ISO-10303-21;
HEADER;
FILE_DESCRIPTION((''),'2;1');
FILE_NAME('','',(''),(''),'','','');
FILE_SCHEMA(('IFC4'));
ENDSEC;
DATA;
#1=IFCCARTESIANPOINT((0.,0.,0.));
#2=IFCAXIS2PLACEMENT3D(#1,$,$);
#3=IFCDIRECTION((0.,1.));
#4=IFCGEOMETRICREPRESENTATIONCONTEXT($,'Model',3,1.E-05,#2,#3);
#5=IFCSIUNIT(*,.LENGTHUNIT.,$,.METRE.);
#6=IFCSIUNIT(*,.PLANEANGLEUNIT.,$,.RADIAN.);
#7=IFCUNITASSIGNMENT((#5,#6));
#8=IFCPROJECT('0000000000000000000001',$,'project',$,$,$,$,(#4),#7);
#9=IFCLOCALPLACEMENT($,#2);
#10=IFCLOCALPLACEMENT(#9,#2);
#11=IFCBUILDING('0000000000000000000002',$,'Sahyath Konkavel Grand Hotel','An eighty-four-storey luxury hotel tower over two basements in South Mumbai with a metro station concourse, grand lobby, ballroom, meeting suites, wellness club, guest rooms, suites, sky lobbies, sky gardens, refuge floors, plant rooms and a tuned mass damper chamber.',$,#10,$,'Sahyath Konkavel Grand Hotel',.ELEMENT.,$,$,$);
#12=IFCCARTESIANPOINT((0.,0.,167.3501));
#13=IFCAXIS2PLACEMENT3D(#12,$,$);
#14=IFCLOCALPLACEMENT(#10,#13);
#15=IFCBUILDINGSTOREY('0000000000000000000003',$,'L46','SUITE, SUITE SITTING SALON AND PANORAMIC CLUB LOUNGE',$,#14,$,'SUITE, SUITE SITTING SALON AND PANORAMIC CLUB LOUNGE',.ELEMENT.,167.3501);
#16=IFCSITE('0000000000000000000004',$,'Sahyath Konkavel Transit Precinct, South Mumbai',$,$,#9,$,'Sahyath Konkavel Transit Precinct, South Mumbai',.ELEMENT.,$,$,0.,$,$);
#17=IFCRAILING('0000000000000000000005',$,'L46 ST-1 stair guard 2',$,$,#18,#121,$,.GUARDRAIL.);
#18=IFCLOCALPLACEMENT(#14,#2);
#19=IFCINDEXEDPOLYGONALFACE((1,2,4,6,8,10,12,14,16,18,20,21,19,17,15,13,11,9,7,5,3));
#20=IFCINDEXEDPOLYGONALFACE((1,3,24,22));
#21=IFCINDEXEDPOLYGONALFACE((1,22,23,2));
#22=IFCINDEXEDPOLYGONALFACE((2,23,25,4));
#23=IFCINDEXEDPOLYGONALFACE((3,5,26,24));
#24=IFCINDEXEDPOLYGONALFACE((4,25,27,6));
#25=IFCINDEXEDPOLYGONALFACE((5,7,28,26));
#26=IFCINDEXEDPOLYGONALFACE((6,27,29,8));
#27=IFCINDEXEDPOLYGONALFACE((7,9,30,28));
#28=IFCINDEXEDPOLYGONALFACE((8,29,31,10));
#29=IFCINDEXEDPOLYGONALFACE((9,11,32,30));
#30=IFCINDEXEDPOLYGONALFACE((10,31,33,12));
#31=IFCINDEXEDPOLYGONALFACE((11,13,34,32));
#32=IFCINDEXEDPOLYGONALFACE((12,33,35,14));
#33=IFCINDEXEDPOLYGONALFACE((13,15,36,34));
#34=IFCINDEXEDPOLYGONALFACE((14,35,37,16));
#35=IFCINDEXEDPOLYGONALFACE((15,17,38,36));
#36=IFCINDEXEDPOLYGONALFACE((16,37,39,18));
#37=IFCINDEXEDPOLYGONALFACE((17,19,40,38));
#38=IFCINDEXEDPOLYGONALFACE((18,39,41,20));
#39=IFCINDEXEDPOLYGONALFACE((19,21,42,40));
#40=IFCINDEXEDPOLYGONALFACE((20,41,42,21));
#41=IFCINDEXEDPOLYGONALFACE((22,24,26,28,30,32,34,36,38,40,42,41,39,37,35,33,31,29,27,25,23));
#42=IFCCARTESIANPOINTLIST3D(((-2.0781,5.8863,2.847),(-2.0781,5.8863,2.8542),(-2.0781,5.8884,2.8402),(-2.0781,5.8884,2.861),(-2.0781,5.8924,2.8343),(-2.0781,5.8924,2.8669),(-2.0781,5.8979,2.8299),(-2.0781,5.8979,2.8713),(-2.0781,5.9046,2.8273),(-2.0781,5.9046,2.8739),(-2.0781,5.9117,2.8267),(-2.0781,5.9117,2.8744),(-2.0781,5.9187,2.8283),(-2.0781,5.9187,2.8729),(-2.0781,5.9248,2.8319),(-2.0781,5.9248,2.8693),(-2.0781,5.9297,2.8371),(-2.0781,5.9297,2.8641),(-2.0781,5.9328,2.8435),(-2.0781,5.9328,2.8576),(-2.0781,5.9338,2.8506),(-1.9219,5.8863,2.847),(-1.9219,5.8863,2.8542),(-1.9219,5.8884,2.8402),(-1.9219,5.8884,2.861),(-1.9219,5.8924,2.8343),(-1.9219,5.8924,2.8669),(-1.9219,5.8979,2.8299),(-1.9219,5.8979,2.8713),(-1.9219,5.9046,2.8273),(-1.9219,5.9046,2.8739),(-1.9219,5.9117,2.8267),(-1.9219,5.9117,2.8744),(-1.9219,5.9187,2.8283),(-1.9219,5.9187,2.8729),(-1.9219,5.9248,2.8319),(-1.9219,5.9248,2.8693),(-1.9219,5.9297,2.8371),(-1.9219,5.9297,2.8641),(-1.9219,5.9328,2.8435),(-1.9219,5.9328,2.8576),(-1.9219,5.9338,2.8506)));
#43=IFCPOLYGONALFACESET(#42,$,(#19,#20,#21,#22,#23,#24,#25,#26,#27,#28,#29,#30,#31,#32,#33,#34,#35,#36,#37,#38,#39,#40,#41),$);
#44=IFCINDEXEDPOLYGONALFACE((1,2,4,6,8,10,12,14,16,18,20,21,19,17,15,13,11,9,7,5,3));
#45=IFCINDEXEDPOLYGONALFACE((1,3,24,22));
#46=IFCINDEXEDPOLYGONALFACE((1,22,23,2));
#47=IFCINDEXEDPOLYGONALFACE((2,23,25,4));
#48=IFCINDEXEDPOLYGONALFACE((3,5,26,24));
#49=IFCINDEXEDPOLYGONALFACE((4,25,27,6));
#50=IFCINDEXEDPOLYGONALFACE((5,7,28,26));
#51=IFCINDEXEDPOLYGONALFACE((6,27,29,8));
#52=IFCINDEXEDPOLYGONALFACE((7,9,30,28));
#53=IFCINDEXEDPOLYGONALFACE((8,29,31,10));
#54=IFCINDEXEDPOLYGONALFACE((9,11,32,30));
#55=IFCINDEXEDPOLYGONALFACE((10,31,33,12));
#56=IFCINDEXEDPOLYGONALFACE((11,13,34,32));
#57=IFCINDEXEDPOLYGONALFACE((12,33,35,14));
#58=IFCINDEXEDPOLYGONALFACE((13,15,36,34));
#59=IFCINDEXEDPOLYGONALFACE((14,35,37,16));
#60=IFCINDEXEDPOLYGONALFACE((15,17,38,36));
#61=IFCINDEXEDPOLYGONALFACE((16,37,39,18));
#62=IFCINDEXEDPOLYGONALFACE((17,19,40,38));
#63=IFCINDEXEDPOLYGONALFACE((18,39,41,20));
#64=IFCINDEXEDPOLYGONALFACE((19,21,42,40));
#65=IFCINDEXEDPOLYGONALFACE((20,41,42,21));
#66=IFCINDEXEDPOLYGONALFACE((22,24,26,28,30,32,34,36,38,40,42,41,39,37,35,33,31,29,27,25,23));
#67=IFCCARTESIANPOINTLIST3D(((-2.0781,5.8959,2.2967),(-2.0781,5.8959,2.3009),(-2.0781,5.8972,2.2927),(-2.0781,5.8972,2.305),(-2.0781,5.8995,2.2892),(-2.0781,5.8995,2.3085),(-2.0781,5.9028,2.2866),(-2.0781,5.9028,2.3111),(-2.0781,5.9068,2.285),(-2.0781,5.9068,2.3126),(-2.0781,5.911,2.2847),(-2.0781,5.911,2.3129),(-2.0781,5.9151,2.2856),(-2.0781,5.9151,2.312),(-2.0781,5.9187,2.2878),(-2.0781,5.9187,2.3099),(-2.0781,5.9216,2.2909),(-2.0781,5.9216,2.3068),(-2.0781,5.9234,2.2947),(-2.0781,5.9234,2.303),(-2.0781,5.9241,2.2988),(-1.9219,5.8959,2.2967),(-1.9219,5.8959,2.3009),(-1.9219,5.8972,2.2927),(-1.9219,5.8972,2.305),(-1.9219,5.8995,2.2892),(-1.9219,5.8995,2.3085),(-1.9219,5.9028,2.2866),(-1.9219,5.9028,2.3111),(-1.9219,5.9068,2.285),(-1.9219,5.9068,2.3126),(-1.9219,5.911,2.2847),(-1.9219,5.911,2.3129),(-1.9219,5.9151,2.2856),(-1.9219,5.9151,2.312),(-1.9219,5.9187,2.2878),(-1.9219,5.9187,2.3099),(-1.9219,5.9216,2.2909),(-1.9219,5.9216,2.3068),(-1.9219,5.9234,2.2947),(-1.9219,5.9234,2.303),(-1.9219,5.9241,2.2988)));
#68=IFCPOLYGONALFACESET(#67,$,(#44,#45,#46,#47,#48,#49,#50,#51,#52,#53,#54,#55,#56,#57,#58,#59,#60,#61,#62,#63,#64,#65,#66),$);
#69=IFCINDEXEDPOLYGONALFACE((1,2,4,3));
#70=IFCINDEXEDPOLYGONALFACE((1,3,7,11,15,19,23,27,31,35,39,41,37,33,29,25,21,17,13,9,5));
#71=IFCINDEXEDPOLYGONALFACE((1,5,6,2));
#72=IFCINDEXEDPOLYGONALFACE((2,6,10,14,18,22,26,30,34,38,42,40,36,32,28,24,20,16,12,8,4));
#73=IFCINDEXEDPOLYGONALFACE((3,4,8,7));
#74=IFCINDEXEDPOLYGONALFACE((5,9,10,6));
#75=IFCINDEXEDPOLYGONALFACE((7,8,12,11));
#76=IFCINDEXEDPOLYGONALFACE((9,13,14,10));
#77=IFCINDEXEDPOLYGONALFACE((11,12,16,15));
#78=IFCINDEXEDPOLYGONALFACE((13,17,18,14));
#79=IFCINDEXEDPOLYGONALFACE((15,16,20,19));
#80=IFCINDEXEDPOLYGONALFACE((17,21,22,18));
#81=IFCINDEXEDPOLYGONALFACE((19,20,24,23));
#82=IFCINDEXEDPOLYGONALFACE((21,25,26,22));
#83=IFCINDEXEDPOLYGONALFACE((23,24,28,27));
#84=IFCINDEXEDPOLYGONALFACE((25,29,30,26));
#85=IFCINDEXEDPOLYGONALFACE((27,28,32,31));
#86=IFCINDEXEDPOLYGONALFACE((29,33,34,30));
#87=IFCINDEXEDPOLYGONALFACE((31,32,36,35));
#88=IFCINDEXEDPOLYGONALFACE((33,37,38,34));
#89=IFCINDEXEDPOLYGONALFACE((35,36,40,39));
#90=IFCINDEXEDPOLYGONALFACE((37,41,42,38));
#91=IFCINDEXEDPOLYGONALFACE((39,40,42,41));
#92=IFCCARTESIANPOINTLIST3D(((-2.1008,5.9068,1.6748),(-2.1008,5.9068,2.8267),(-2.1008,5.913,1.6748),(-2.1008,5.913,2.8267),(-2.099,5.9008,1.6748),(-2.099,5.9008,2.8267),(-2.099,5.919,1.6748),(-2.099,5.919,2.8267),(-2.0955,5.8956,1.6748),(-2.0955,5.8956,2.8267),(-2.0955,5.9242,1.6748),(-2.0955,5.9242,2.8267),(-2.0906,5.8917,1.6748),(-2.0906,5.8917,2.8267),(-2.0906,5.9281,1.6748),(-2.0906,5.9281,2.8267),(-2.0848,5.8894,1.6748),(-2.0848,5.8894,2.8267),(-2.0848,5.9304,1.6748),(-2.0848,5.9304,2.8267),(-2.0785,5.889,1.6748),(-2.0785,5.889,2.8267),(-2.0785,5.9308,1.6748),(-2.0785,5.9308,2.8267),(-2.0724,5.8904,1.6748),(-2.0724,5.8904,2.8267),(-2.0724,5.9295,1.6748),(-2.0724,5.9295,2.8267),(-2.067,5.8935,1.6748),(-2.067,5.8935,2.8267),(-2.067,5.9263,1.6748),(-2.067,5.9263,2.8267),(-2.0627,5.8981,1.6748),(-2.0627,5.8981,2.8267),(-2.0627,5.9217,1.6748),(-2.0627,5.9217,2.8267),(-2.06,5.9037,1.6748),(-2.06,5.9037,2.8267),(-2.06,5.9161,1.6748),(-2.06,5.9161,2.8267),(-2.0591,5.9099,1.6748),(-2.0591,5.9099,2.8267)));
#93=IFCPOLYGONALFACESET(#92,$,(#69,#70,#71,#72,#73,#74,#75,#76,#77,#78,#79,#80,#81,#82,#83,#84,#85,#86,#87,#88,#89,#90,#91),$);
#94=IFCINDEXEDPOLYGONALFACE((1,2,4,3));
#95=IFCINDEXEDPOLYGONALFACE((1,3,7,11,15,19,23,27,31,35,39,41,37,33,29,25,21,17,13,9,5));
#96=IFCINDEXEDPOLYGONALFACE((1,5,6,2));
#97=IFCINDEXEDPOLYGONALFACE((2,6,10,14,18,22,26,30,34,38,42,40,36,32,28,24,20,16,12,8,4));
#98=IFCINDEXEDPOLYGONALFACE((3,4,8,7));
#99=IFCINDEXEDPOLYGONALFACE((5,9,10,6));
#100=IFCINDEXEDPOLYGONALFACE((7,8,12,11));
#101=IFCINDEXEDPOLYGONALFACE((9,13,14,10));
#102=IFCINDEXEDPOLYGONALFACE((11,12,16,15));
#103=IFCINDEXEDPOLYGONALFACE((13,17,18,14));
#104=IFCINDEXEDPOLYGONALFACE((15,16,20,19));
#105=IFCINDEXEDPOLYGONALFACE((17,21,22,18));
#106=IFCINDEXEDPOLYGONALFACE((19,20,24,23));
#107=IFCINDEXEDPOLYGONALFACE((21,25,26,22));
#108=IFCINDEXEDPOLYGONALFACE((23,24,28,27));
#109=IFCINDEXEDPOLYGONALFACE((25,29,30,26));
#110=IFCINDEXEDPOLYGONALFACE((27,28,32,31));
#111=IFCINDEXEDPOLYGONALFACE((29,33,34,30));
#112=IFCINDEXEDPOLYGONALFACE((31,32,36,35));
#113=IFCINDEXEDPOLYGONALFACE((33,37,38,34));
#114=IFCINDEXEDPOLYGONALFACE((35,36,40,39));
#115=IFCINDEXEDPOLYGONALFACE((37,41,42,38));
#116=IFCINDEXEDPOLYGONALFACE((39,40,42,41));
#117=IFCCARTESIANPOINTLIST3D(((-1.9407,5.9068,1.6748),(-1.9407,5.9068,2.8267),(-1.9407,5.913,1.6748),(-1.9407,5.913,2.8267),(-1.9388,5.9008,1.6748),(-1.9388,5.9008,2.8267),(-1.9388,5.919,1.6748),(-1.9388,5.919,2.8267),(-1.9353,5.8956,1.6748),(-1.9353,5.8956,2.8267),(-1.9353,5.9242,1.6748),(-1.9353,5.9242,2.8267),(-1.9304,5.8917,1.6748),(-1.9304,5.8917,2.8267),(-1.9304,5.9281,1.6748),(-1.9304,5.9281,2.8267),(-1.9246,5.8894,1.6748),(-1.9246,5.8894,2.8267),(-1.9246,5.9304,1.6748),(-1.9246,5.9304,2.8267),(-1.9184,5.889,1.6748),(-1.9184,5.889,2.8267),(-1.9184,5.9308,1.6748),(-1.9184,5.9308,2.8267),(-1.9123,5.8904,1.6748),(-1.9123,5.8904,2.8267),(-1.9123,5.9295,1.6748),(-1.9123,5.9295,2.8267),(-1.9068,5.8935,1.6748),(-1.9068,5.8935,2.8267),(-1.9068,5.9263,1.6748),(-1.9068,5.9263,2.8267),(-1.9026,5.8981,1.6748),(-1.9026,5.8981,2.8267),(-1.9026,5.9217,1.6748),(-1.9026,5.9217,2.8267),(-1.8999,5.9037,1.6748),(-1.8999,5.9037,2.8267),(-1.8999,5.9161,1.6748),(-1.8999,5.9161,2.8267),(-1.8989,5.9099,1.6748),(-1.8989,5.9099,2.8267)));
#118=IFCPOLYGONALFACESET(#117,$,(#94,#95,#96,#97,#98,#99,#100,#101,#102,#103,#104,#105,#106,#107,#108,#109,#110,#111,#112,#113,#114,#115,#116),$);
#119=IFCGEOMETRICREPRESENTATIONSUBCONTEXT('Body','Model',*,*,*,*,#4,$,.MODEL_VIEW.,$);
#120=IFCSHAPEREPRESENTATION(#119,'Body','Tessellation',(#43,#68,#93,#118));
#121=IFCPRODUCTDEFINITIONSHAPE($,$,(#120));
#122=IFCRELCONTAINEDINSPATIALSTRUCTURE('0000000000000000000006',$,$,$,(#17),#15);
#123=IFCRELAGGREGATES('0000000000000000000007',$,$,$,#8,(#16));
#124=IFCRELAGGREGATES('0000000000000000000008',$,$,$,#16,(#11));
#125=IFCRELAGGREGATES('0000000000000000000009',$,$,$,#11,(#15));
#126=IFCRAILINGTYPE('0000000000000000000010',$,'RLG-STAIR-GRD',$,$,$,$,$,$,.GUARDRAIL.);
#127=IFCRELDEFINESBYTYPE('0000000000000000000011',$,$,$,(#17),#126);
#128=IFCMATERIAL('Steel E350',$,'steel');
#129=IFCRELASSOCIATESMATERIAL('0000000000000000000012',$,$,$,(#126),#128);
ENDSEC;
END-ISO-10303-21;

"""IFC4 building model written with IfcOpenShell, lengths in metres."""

from ifc_helpers import new_model, si_unit, direction, frame, origin, origin_2d, place, context, subcontext, project, spatial, circle, extrude, material, type_object, element, save


model = new_model("IFC4")

# Units and contexts
model_context = context("Model", 3, precision=1e-05, world=origin(), true_north=direction((0.0, 1.0)))
body_context = subcontext(model_context, "Body", "Model", "MODEL_VIEW")
ifc_project = project(units=[si_unit("LENGTHUNIT", "METRE"), si_unit("PLANEANGLEUNIT", "RADIAN")], contexts=[model_context])

# Site, building, storey
site_placement = place(None, origin())
site = spatial("IfcSite", under=ifc_project, at=site_placement, Name="Sahyath Konkavel Transit Precinct, South Mumbai", LongName="Sahyath Konkavel Transit Precinct, South Mumbai", CompositionType="ELEMENT", RefElevation=0.0)
building_placement = place(site_placement, origin())
building = spatial("IfcBuilding", under=site, at=building_placement, Name="Sahyath Konkavel Grand Hotel", Description="An eighty-four-storey luxury hotel tower over two basements in South Mumbai with a metro station concourse, grand lobby, ballroom, meeting suites, wellness club, guest rooms, suites, sky lobbies, sky gardens, refuge floors, plant rooms and a tuned mass damper chamber.", LongName="Sahyath Konkavel Grand Hotel", CompositionType="ELEMENT")
storey_placement = place(building_placement, frame((0.0, 0.0, 167.3501)))
storey = spatial("IfcBuildingStorey", under=building, at=storey_placement, Name="L46", Description="SUITE, SUITE SITTING SALON AND PANORAMIC CLUB LOUNGE", LongName="SUITE, SUITE SITTING SALON AND PANORAMIC CLUB LOUNGE", CompositionType="ELEMENT", Elevation=167.3501)

# Shared definitions
ifc_material_1 = material(Name="Steel E350", Category="steel")

# Railing
railing_type_1 = type_object("IfcRailingType", Name="RLG-STAIR-GRD", PredefinedType="GUARDRAIL", material=ifc_material_1)
railing_1_placement = place(storey_placement, frame((-2.0801, 5.9099, 1.6748)))
element("IfcRailing", 1, at=railing_1_placement, inside=storey, type_object=railing_type_1, Name="L46 ST-1 stair guard 2", PredefinedType="GUARDRAIL", context=body_context, shape_type="SweptSolid", body=[
    extrude(circle(Radius=0.0239, at=origin_2d()), frame((0.002, 0.0, 1.1758), z_axis=(1.0, 0.0, 0.0), x_axis=(0.0, 1.0, 0.0)), (0.0, 0.0, 1.0), 0.1562),
    extrude(circle(Radius=0.0142, at=origin_2d()), frame((0.002, 0.0, 0.624), z_axis=(1.0, 0.0, 0.0), x_axis=(0.0, 1.0, 0.0)), (0.0, 0.0, 1.0), 0.1562),
    extrude(circle(Radius=0.021, at=origin_2d()), origin(), (0.0, 0.0, 1.0), 1.1519),
    extrude(circle(Radius=0.021, at=origin_2d()), frame((0.1602, 0.0, 0.0)), (0.0, 0.0, 1.0), 1.1519),
])

save(model, "model.ifc")
